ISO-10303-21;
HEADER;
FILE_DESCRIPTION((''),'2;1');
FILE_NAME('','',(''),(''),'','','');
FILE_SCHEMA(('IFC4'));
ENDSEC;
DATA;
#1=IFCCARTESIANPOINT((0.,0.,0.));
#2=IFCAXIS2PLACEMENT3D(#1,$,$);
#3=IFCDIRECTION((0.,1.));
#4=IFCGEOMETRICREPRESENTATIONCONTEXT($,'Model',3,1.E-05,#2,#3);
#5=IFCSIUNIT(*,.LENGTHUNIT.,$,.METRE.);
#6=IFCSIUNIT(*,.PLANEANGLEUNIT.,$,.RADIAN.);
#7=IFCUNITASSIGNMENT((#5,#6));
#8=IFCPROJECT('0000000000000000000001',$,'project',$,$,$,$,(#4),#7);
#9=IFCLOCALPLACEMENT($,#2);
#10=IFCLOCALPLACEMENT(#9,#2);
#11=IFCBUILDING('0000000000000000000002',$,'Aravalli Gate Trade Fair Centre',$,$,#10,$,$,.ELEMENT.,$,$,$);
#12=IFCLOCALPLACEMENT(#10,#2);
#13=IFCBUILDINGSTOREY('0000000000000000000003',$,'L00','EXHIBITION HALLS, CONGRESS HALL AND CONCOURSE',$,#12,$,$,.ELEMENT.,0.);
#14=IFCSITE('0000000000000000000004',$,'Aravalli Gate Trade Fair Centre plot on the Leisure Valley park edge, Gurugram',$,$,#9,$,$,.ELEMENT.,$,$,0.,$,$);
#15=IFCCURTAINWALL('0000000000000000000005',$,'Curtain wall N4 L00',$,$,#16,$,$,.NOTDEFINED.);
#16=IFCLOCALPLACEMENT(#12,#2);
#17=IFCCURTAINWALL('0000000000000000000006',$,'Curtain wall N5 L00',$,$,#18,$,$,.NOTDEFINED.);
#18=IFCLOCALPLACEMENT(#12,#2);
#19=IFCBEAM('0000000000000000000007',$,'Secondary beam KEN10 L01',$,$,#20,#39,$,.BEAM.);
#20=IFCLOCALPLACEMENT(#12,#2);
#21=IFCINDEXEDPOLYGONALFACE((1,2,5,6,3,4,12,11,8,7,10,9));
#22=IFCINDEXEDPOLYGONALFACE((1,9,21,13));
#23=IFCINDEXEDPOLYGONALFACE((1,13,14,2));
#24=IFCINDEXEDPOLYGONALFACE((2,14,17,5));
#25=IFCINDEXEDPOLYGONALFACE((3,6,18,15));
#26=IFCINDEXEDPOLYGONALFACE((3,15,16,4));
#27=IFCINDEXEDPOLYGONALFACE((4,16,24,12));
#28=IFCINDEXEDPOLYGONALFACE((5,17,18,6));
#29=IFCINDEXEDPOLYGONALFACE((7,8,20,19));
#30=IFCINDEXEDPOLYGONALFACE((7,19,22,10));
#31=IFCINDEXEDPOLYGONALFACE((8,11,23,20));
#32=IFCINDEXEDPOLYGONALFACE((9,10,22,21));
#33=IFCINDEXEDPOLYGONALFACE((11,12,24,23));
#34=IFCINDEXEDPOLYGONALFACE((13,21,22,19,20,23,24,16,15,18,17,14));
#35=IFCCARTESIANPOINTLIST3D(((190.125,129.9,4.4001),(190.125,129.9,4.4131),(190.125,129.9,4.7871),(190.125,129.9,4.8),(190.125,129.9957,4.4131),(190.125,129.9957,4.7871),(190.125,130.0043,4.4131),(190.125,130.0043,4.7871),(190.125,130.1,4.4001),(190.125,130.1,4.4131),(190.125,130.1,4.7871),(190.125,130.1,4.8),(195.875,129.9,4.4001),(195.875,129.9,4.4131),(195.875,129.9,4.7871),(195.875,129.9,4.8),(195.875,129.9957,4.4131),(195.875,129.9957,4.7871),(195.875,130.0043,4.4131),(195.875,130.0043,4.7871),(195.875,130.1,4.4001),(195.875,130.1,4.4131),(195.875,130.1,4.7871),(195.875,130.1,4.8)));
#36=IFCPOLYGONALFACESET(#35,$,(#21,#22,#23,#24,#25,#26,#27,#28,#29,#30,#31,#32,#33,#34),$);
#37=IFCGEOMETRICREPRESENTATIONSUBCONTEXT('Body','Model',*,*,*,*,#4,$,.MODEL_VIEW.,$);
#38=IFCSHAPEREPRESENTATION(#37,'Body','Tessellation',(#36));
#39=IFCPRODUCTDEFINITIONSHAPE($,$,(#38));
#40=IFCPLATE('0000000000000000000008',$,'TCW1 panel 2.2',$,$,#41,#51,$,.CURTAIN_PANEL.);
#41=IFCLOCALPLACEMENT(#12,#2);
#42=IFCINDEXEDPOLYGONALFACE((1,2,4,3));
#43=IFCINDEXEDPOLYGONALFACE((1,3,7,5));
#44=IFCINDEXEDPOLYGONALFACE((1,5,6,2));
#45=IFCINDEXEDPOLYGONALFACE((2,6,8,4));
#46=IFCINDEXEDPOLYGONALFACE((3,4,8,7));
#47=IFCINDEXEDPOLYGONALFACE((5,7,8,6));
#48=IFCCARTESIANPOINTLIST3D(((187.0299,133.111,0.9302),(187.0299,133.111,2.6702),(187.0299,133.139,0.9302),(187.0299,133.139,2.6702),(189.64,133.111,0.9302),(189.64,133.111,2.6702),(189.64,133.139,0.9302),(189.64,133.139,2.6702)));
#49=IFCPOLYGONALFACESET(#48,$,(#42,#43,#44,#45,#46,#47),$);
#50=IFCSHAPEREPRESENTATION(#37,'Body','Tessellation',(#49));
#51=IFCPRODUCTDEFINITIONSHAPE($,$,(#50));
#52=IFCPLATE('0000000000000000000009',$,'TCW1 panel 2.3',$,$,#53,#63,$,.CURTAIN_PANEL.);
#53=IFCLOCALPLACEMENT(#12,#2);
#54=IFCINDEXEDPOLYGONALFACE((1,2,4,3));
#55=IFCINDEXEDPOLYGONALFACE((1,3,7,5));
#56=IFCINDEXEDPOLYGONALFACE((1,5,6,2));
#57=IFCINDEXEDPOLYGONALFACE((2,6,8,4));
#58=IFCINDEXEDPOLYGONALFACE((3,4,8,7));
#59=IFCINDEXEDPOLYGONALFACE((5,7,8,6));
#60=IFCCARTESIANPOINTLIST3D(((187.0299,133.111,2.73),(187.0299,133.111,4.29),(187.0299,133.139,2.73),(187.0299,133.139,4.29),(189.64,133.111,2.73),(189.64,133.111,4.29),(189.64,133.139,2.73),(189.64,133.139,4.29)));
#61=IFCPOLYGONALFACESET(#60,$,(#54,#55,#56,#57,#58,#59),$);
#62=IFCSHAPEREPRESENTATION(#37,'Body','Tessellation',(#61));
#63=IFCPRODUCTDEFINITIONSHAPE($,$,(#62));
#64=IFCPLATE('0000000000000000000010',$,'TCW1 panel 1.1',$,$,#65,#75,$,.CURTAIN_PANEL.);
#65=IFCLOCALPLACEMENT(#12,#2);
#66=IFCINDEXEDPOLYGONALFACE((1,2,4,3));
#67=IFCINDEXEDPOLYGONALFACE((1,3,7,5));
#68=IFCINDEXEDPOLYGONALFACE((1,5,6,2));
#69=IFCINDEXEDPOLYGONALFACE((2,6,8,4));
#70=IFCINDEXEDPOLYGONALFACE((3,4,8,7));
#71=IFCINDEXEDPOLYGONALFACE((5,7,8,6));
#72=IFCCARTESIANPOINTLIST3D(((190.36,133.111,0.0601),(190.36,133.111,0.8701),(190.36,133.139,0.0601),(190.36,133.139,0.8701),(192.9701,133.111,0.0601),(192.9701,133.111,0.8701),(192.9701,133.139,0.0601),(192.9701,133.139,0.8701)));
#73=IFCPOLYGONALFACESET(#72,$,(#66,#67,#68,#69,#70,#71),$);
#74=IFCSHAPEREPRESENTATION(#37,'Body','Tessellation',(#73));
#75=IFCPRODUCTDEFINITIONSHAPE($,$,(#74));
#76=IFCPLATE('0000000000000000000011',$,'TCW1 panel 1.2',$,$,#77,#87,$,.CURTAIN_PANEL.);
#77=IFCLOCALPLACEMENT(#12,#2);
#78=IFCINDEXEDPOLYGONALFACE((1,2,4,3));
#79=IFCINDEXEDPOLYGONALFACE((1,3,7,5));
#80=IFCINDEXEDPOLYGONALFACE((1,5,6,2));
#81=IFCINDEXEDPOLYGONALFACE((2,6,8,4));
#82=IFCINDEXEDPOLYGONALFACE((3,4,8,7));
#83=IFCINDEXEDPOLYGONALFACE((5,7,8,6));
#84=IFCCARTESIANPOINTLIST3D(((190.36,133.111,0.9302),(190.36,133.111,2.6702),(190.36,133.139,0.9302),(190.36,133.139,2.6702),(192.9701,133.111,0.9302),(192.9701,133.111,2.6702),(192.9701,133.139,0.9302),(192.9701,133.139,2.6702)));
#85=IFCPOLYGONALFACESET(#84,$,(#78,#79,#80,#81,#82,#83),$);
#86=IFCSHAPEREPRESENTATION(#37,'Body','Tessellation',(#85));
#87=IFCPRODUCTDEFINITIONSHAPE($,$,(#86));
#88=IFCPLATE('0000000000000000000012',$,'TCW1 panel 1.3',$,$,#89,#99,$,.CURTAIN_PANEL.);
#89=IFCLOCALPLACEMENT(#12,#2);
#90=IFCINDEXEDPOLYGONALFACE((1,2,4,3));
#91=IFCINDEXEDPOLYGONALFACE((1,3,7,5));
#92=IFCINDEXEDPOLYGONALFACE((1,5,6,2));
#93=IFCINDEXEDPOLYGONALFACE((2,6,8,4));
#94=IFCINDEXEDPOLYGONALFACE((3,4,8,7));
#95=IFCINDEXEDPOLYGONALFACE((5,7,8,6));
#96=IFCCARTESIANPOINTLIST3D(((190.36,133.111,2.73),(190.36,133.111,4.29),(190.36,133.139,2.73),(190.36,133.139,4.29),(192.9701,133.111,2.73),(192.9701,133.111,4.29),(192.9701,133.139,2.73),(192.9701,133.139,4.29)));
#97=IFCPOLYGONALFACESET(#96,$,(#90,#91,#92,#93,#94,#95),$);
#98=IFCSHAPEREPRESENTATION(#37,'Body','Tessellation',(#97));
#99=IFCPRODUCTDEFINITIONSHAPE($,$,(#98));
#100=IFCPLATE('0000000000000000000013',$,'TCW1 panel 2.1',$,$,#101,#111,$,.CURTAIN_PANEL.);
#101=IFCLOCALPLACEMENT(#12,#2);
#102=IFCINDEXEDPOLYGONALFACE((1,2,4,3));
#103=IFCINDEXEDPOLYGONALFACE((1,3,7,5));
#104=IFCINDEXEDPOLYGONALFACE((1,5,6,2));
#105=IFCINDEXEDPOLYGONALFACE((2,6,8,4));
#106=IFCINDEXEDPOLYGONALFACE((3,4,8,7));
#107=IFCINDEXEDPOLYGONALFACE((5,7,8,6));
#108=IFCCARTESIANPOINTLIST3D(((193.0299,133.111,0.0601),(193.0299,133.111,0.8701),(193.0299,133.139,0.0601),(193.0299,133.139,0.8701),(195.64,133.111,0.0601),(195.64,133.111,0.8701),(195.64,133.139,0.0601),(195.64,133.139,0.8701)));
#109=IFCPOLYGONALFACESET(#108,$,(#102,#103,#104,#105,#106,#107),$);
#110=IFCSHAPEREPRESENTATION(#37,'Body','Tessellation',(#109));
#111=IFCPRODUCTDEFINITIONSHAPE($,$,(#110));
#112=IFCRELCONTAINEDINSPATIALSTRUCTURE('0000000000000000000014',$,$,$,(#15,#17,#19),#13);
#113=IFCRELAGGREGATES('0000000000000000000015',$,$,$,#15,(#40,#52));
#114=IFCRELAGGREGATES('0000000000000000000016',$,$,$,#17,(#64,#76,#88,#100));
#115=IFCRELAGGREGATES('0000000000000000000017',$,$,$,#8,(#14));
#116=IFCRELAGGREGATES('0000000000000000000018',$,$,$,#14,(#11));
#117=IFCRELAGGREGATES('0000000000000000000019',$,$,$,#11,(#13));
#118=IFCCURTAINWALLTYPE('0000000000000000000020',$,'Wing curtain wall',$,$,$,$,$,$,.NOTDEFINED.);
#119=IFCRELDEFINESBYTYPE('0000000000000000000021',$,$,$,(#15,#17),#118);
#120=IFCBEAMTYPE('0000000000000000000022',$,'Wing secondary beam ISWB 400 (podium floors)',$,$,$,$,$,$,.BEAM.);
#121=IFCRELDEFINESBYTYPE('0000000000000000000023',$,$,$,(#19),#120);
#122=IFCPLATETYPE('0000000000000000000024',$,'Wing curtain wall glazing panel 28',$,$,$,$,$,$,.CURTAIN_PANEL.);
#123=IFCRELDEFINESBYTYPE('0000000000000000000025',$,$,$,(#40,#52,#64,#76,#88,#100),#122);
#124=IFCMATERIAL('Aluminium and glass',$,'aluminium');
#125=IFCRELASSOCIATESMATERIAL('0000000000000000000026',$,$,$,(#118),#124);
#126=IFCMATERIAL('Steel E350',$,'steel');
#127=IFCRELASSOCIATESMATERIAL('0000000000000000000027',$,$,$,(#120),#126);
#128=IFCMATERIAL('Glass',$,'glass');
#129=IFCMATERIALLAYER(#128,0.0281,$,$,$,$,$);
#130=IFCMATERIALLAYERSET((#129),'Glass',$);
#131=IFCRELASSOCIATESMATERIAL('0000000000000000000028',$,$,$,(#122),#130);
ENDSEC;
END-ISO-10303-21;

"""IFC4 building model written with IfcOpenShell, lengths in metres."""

from ifc_helpers import new_model, si_unit, direction, frame, origin, origin_2d, place, context, subcontext, project, spatial, rectangle, i_section, extrude, material, layer, layer_set, material_profile, profile_set, type_object, element, aggregate, save


model = new_model("IFC4")

# Units and contexts
model_context = context("Model", 3, precision=1e-05, world=origin(), true_north=direction((0.0, 1.0)))
body_context = subcontext(model_context, "Body", "Model", "MODEL_VIEW")
ifc_project = project(units=[si_unit("LENGTHUNIT", "METRE"), si_unit("PLANEANGLEUNIT", "RADIAN")], contexts=[model_context])

# Site, building, storey
site_placement = place(None, origin())
site = spatial("IfcSite", under=ifc_project, at=site_placement, Name="Aravalli Gate Trade Fair Centre plot on the Leisure Valley park edge, Gurugram", CompositionType="ELEMENT", RefElevation=0.0)
building_placement = place(site_placement, origin())
building = spatial("IfcBuilding", under=site, at=building_placement, Name="Aravalli Gate Trade Fair Centre", CompositionType="ELEMENT")
storey_placement = place(building_placement, origin())
storey = spatial("IfcBuildingStorey", under=building, at=storey_placement, Name="L00", Description="EXHIBITION HALLS, CONGRESS HALL AND CONCOURSE", CompositionType="ELEMENT", Elevation=0.0)

# Shared definitions
ifc_material_1 = material(Name="Steel E350", Category="steel")

# Curtain wall
ifc_material_2 = material(Name="Aluminium and glass", Category="aluminium")
curtain_wall_type = type_object("IfcCurtainWallType", Name="Wing curtain wall", PredefinedType="NOTDEFINED", material=ifc_material_2)
curtain_wall_1_placement = place(storey_placement, origin())
curtain_wall_1 = element("IfcCurtainWall", 1, at=curtain_wall_1_placement, inside=storey, type_object=curtain_wall_type, Name="Curtain wall N4 L00", PredefinedType="NOTDEFINED")

# Curtain wall
curtain_wall_2_placement = place(storey_placement, origin())
curtain_wall_2 = element("IfcCurtainWall", 2, at=curtain_wall_2_placement, inside=storey, type_object=curtain_wall_type, Name="Curtain wall N5 L00", PredefinedType="NOTDEFINED")

# Beam
ifc_material_profile_1 = material_profile(ifc_material_1, i_section(OverallWidth=0.2, OverallDepth=0.3999, WebThickness=0.0085, FlangeThickness=0.0129, at=origin_2d()), Name="ISWB 400")
ifc_profile_set_1 = profile_set([ifc_material_profile_1], Name="Steel E350")
beam_type_1 = type_object("IfcBeamType", Name="Wing secondary beam ISWB 400 (podium floors)", PredefinedType="BEAM", material=ifc_profile_set_1)
beam_1_placement = place(storey_placement, frame((190.125, 130.0, 4.6001), z_axis=(1.0, 0.0, 0.0), x_axis=(0.0, 1.0, 0.0)))
element("IfcBeam", 3, at=beam_1_placement, inside=storey, type_object=beam_type_1, Name="Secondary beam KEN10 L01", PredefinedType="BEAM", context=body_context, shape_type="SweptSolid", body=[
    extrude(i_section(OverallWidth=0.2, OverallDepth=0.3999, WebThickness=0.0085, FlangeThickness=0.0129, at=origin_2d()), origin(), (0.0, 0.0, 1.0), 5.75),
])

# Plates
ifc_material_3 = material(Name="Glass", Category="glass")
ifc_layer = layer(ifc_material_3, 0.0281)
ifc_layer_set = layer_set([ifc_layer], Name="Glass")
plate_type = type_object("IfcPlateType", Name="Wing curtain wall glazing panel 28", PredefinedType="CURTAIN_PANEL", material=ifc_layer_set)
plate_1_placement = place(storey_placement, frame((188.335, 133.125, 0.9302), z_axis=(0.0, 0.0, 1.0), x_axis=(1.0, 0.0, 0.0)))
plate_1 = element("IfcPlate", 4, at=plate_1_placement, type_object=plate_type, Name="TCW1 panel 2.2", PredefinedType="CURTAIN_PANEL", context=body_context, shape_type="SweptSolid", body=[
    extrude(rectangle(XDim=2.6101, YDim=0.0281, at=origin_2d()), origin(), (0.0, 0.0, 1.0), 1.74),
])
plate_2_placement = place(storey_placement, frame((188.335, 133.125, 2.73), z_axis=(0.0, 0.0, 1.0), x_axis=(1.0, 0.0, 0.0)))
plate_2 = element("IfcPlate", 5, at=plate_2_placement, type_object=plate_type, Name="TCW1 panel 2.3", PredefinedType="CURTAIN_PANEL", context=body_context, shape_type="SweptSolid", body=[
    extrude(rectangle(XDim=2.6101, YDim=0.0281, at=origin_2d()), origin(), (0.0, 0.0, 1.0), 1.5601),
])
aggregate(curtain_wall_1, [plate_1, plate_2])
plate_3_placement = place(storey_placement, frame((191.665, 133.125, 0.0601), z_axis=(0.0, 0.0, 1.0), x_axis=(1.0, 0.0, 0.0)))
plate_3 = element("IfcPlate", 6, at=plate_3_placement, type_object=plate_type, Name="TCW1 panel 1.1", PredefinedType="CURTAIN_PANEL", context=body_context, shape_type="SweptSolid", body=[
    extrude(rectangle(XDim=2.6101, YDim=0.0281, at=origin_2d()), origin(), (0.0, 0.0, 1.0), 0.8101),
])
plate_4_placement = place(storey_placement, frame((191.665, 133.125, 0.9302), z_axis=(0.0, 0.0, 1.0), x_axis=(1.0, 0.0, 0.0)))
plate_4 = element("IfcPlate", 7, at=plate_4_placement, type_object=plate_type, Name="TCW1 panel 1.2", PredefinedType="CURTAIN_PANEL", context=body_context, shape_type="SweptSolid", body=[
    extrude(rectangle(XDim=2.6101, YDim=0.0281, at=origin_2d()), origin(), (0.0, 0.0, 1.0), 1.74),
])
plate_5_placement = place(storey_placement, frame((191.665, 133.125, 2.73), z_axis=(0.0, 0.0, 1.0), x_axis=(1.0, 0.0, 0.0)))
plate_5 = element("IfcPlate", 8, at=plate_5_placement, type_object=plate_type, Name="TCW1 panel 1.3", PredefinedType="CURTAIN_PANEL", context=body_context, shape_type="SweptSolid", body=[
    extrude(rectangle(XDim=2.6101, YDim=0.0281, at=origin_2d()), origin(), (0.0, 0.0, 1.0), 1.5601),
])
plate_6_placement = place(storey_placement, frame((194.335, 133.125, 0.0601), z_axis=(0.0, 0.0, 1.0), x_axis=(1.0, 0.0, 0.0)))
plate_6 = element("IfcPlate", 9, at=plate_6_placement, type_object=plate_type, Name="TCW1 panel 2.1", PredefinedType="CURTAIN_PANEL", context=body_context, shape_type="SweptSolid", body=[
    extrude(rectangle(XDim=2.6101, YDim=0.0281, at=origin_2d()), origin(), (0.0, 0.0, 1.0), 0.8101),
])
aggregate(curtain_wall_2, [plate_3, plate_4, plate_5, plate_6])

save(model, "model.ifc")
